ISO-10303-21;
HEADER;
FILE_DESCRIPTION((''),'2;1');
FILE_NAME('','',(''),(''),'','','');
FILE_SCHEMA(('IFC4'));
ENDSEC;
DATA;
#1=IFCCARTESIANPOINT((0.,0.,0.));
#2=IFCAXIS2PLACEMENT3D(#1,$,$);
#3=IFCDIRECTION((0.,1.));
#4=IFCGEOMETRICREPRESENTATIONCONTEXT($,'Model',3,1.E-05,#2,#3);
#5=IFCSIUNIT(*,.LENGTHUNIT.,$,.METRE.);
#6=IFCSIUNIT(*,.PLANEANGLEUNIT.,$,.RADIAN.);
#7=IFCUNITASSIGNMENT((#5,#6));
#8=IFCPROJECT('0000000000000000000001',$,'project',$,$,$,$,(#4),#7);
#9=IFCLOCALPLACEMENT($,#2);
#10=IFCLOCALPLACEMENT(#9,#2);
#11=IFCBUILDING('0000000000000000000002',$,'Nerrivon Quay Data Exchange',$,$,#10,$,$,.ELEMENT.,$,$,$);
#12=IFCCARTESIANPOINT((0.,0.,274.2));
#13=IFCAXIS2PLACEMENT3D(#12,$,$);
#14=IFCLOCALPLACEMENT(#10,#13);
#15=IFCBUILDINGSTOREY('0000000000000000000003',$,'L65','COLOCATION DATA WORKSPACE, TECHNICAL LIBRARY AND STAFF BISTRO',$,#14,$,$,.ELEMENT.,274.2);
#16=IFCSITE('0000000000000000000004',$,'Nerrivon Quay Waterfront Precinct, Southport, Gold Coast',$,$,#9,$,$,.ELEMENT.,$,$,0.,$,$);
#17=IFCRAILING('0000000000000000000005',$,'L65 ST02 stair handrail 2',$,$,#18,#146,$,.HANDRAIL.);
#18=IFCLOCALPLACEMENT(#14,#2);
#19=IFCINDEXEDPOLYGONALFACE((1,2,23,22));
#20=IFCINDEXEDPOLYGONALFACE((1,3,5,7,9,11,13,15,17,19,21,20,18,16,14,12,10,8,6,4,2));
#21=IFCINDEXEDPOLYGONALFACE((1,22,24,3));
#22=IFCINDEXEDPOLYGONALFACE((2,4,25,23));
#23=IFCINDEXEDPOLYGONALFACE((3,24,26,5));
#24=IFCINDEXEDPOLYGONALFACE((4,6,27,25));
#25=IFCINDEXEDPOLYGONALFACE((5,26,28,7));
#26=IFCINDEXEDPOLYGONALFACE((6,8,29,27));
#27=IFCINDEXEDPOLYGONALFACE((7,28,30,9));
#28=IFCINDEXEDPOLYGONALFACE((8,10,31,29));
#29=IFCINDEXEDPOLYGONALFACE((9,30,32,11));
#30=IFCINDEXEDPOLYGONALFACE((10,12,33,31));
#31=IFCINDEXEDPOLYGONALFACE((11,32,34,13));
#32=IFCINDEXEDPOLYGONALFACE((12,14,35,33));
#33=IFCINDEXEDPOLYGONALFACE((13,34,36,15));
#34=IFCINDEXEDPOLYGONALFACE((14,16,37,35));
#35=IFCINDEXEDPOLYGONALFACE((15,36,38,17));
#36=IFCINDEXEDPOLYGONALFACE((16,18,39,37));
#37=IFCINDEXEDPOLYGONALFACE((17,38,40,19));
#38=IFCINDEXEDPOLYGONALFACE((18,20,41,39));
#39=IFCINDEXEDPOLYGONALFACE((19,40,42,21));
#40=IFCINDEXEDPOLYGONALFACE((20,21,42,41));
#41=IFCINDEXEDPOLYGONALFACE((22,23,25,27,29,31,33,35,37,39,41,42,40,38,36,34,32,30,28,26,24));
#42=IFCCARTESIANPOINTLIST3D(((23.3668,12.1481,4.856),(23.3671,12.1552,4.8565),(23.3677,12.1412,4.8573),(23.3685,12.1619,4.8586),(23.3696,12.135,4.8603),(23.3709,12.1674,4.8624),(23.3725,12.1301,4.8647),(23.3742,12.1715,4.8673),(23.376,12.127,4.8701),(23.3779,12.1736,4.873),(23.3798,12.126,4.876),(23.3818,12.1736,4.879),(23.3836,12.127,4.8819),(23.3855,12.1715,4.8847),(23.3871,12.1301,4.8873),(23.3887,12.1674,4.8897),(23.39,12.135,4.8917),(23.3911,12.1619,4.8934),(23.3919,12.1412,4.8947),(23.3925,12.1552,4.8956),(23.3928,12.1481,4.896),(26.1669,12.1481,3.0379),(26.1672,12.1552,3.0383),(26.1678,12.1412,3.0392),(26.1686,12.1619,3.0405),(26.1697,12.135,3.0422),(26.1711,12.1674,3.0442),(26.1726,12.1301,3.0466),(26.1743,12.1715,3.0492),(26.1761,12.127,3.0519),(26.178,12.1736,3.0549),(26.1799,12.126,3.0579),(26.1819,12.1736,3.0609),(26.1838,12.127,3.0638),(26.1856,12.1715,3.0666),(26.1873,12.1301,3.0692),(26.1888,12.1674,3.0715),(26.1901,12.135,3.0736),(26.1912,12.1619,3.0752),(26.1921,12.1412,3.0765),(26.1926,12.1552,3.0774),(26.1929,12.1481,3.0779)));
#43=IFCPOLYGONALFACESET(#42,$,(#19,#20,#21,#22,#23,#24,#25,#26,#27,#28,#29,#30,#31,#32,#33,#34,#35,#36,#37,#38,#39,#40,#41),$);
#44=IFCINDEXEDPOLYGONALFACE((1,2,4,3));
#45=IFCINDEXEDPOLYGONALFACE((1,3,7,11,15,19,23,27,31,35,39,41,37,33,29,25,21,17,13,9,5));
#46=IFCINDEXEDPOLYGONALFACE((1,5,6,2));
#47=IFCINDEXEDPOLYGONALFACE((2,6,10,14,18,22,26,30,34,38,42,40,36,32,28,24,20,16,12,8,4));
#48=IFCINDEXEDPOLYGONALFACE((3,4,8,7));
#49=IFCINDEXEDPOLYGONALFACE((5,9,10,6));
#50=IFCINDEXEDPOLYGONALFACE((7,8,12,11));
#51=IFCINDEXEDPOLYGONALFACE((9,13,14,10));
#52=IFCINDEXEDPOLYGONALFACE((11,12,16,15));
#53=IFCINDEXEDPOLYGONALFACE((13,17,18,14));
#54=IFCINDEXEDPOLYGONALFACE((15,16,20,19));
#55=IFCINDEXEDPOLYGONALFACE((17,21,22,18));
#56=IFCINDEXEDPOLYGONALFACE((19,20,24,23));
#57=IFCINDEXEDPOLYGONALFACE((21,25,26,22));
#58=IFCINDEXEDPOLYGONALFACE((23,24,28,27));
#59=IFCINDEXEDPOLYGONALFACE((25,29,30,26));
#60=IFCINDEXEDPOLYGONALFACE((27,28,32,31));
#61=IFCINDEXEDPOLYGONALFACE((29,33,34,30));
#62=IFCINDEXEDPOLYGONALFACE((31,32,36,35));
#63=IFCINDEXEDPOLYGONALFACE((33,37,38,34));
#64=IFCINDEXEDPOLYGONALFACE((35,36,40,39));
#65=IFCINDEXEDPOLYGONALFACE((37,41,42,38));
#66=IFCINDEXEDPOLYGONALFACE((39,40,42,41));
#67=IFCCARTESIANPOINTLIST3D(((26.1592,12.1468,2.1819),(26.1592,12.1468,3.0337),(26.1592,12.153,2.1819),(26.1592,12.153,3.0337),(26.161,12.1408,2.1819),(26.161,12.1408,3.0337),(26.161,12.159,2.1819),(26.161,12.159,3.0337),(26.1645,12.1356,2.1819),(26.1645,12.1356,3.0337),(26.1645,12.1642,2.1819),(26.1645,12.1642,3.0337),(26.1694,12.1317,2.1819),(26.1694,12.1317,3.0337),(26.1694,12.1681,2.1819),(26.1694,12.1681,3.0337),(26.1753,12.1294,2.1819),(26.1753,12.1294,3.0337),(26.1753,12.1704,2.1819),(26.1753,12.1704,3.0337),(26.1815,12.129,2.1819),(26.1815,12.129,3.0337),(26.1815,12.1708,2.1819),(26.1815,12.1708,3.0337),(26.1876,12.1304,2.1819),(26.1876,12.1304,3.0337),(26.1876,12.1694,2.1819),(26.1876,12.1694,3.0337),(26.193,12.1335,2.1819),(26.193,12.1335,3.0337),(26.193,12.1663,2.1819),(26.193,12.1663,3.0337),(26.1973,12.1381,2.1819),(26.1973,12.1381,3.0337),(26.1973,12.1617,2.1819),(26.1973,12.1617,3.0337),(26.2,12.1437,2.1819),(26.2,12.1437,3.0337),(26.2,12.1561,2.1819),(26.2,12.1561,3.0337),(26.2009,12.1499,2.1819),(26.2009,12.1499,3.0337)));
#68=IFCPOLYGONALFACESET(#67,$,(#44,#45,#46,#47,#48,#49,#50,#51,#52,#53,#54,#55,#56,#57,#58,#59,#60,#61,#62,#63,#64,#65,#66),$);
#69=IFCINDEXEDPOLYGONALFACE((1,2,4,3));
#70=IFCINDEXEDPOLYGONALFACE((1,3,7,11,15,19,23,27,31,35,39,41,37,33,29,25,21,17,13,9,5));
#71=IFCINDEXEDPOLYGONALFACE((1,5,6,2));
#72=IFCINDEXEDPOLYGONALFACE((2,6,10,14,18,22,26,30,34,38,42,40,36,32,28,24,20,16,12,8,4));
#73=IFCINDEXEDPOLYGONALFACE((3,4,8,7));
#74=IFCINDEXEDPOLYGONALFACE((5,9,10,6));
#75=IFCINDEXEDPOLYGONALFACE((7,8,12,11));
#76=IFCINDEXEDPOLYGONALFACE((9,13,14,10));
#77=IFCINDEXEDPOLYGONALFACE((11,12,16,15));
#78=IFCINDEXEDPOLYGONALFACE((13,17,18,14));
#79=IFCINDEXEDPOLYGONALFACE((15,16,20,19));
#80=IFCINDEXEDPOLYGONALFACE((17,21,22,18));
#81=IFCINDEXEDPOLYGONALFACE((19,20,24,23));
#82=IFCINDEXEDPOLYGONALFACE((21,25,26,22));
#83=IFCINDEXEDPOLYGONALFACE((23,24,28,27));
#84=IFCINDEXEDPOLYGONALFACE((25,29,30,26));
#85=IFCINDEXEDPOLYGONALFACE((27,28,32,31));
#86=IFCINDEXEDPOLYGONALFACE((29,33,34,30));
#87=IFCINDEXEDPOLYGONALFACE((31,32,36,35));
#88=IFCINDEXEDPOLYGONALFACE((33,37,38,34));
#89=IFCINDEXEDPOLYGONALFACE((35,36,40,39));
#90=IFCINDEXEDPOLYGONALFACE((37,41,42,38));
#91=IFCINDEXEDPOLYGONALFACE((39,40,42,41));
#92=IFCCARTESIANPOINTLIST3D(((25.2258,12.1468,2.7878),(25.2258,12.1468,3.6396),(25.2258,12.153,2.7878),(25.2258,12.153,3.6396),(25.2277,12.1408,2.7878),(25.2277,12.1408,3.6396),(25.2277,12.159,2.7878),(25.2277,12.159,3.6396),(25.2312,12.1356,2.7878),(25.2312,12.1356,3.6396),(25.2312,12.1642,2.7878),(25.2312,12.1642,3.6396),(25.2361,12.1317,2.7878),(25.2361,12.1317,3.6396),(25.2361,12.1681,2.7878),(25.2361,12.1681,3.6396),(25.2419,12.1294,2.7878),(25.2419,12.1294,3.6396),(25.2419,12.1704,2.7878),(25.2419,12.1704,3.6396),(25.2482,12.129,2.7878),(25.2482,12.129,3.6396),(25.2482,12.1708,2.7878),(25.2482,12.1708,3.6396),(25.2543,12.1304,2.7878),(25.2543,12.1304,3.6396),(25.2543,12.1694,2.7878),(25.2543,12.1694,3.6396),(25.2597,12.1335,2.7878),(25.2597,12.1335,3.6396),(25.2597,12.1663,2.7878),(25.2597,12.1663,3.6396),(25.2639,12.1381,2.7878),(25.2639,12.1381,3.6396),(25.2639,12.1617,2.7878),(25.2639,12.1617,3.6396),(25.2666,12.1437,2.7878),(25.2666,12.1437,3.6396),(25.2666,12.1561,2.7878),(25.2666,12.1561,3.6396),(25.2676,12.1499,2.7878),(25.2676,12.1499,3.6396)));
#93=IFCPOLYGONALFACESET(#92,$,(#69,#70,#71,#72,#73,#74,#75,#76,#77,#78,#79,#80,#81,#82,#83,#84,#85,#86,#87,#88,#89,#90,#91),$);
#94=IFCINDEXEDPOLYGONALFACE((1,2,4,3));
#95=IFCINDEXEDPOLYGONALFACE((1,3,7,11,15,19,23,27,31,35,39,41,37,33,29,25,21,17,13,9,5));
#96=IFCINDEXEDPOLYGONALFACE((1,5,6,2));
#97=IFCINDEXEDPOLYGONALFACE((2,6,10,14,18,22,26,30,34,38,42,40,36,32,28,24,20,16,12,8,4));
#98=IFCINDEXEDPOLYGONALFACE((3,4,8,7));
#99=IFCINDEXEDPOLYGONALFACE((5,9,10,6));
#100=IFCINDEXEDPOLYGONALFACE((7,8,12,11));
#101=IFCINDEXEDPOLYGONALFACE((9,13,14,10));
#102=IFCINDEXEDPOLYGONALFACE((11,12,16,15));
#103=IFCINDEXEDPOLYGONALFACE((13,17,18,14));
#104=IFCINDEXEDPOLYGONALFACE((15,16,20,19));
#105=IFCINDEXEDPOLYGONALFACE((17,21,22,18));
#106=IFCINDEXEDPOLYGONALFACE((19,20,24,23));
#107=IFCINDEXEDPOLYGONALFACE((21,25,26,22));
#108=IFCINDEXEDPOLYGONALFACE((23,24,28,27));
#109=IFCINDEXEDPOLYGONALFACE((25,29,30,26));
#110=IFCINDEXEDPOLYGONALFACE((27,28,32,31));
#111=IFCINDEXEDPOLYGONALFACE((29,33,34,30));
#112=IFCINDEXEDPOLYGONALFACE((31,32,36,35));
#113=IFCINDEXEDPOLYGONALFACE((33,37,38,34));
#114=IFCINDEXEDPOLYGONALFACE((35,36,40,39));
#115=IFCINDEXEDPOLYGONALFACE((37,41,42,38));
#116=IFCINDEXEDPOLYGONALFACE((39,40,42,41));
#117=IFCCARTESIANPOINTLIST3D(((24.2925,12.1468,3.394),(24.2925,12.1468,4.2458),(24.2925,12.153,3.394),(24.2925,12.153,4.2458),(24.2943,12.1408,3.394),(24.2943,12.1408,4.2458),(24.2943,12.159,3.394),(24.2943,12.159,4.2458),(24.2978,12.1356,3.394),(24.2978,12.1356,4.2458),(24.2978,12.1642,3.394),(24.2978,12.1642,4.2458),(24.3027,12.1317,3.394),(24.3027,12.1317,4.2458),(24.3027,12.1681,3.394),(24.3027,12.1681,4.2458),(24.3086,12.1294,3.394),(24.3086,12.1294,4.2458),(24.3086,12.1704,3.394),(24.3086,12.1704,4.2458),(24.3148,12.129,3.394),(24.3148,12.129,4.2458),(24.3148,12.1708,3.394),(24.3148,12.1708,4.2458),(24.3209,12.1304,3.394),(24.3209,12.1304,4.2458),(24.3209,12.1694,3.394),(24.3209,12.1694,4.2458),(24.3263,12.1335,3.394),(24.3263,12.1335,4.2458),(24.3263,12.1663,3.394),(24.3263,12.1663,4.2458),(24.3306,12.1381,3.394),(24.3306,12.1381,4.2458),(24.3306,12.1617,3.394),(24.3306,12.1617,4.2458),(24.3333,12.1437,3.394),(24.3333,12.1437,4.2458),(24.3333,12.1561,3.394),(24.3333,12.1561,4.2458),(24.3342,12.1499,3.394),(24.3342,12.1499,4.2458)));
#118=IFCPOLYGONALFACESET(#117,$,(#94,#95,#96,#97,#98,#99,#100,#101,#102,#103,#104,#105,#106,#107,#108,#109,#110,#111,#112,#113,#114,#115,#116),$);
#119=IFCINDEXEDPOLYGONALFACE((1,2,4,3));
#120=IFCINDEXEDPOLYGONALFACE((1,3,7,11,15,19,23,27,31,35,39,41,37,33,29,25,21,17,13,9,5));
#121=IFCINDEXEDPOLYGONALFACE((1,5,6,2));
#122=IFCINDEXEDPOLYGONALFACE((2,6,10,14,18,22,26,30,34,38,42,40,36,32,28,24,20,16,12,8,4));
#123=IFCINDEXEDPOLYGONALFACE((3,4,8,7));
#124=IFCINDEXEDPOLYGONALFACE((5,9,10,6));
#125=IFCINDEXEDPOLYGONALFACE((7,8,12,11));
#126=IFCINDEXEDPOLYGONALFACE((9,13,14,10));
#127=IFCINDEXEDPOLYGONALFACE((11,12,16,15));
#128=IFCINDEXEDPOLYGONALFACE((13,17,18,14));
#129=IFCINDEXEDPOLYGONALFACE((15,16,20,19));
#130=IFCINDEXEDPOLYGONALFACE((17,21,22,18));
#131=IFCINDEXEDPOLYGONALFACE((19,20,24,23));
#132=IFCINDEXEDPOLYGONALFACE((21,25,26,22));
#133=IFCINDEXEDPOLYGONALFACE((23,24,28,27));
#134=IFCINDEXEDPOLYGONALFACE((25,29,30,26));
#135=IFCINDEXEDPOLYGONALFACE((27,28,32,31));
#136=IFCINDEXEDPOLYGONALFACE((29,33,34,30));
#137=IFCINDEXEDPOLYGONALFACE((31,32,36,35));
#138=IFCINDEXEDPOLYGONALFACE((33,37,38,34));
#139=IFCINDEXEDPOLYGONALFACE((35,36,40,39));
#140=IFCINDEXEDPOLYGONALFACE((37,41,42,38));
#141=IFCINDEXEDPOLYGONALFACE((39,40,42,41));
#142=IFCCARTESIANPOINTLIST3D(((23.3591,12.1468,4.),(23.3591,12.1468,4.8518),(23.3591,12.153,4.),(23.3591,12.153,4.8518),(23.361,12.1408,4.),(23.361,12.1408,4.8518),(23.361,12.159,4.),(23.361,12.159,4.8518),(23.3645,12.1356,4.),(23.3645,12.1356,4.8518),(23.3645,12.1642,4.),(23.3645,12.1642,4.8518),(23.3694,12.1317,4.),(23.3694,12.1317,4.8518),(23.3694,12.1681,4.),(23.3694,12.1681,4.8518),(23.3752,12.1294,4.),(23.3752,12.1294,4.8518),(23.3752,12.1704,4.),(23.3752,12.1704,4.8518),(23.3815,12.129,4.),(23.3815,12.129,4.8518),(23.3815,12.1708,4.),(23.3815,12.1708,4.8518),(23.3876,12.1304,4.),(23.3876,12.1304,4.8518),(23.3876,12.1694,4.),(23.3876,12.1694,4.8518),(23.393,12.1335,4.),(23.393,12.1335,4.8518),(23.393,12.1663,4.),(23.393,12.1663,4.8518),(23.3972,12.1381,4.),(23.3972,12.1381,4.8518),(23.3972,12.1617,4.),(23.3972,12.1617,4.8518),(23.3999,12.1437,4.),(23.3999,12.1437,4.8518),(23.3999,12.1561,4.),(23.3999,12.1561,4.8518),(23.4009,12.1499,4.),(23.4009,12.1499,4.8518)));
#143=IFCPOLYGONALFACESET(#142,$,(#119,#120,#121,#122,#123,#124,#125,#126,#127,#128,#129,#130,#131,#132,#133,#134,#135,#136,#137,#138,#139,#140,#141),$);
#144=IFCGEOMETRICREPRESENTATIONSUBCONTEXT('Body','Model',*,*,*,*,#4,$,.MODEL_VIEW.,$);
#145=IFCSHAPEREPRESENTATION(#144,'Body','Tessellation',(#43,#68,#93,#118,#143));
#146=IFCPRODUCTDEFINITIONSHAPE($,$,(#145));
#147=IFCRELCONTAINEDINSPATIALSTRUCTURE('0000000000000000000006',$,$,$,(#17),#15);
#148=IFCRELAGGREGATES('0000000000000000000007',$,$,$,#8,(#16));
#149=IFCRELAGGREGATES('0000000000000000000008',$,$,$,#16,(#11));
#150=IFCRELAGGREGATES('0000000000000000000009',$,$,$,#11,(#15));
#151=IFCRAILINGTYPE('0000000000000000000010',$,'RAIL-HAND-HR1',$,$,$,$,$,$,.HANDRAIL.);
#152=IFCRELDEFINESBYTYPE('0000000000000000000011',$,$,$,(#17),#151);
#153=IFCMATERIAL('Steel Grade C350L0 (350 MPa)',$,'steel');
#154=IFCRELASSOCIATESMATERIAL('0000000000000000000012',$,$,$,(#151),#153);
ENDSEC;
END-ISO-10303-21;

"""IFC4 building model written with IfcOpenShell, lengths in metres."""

from ifc_helpers import new_model, si_unit, direction, frame, origin, origin_2d, place, context, subcontext, project, spatial, circle, extrude, material, type_object, element, save


model = new_model("IFC4")

# Units and contexts
model_context = context("Model", 3, precision=1e-05, world=origin(), true_north=direction((0.0, 1.0)))
body_context = subcontext(model_context, "Body", "Model", "MODEL_VIEW")
ifc_project = project(units=[si_unit("LENGTHUNIT", "METRE"), si_unit("PLANEANGLEUNIT", "RADIAN")], contexts=[model_context])

# Site, building, storey
site_placement = place(None, origin())
site = spatial("IfcSite", under=ifc_project, at=site_placement, Name="Nerrivon Quay Waterfront Precinct, Southport, Gold Coast", CompositionType="ELEMENT", RefElevation=0.0)
building_placement = place(site_placement, origin())
building = spatial("IfcBuilding", under=site, at=building_placement, Name="Nerrivon Quay Data Exchange", CompositionType="ELEMENT")
storey_placement = place(building_placement, frame((0.0, 0.0, 274.2)))
storey = spatial("IfcBuildingStorey", under=building, at=storey_placement, Name="L65", Description="COLOCATION DATA WORKSPACE, TECHNICAL LIBRARY AND STAFF BISTRO", CompositionType="ELEMENT", Elevation=274.2)

# Railing
ifc_material_1 = material(Name="Steel Grade C350L0 (350 MPa)", Category="steel")
railing_type_1 = type_object("IfcRailingType", Name="RAIL-HAND-HR1", PredefinedType="HANDRAIL", material=ifc_material_1)
railing_1_placement = place(storey_placement, frame((26.1799, 12.1499, 2.1819)))
element("IfcRailing", 1, at=railing_1_placement, inside=storey, type_object=railing_type_1, Name="L65 ST02 stair handrail 2", PredefinedType="HANDRAIL", context=body_context, shape_type="SweptSolid", body=[
    extrude(circle(Radius=0.0239, at=origin_2d()), frame((0.0, 0.0, 0.876), z_axis=(-0.838706, 0.0, 0.544585), x_axis=(0.0, -1.0, 0.0)), (0.0, 0.0, 1.0), 3.3386),
    extrude(circle(Radius=0.021, at=origin_2d()), origin(), (0.0, 0.0, 1.0), 0.8518),
    extrude(circle(Radius=0.021, at=origin_2d()), frame((-0.9333, 0.0, 0.606)), (0.0, 0.0, 1.0), 0.8518),
    extrude(circle(Radius=0.021, at=origin_2d()), frame((-1.8667, 0.0, 1.2122)), (0.0, 0.0, 1.0), 0.8518),
    extrude(circle(Radius=0.021, at=origin_2d()), frame((-2.8, 0.0, 1.8181)), (0.0, 0.0, 1.0), 0.8518),
])

save(model, "model.ifc")
